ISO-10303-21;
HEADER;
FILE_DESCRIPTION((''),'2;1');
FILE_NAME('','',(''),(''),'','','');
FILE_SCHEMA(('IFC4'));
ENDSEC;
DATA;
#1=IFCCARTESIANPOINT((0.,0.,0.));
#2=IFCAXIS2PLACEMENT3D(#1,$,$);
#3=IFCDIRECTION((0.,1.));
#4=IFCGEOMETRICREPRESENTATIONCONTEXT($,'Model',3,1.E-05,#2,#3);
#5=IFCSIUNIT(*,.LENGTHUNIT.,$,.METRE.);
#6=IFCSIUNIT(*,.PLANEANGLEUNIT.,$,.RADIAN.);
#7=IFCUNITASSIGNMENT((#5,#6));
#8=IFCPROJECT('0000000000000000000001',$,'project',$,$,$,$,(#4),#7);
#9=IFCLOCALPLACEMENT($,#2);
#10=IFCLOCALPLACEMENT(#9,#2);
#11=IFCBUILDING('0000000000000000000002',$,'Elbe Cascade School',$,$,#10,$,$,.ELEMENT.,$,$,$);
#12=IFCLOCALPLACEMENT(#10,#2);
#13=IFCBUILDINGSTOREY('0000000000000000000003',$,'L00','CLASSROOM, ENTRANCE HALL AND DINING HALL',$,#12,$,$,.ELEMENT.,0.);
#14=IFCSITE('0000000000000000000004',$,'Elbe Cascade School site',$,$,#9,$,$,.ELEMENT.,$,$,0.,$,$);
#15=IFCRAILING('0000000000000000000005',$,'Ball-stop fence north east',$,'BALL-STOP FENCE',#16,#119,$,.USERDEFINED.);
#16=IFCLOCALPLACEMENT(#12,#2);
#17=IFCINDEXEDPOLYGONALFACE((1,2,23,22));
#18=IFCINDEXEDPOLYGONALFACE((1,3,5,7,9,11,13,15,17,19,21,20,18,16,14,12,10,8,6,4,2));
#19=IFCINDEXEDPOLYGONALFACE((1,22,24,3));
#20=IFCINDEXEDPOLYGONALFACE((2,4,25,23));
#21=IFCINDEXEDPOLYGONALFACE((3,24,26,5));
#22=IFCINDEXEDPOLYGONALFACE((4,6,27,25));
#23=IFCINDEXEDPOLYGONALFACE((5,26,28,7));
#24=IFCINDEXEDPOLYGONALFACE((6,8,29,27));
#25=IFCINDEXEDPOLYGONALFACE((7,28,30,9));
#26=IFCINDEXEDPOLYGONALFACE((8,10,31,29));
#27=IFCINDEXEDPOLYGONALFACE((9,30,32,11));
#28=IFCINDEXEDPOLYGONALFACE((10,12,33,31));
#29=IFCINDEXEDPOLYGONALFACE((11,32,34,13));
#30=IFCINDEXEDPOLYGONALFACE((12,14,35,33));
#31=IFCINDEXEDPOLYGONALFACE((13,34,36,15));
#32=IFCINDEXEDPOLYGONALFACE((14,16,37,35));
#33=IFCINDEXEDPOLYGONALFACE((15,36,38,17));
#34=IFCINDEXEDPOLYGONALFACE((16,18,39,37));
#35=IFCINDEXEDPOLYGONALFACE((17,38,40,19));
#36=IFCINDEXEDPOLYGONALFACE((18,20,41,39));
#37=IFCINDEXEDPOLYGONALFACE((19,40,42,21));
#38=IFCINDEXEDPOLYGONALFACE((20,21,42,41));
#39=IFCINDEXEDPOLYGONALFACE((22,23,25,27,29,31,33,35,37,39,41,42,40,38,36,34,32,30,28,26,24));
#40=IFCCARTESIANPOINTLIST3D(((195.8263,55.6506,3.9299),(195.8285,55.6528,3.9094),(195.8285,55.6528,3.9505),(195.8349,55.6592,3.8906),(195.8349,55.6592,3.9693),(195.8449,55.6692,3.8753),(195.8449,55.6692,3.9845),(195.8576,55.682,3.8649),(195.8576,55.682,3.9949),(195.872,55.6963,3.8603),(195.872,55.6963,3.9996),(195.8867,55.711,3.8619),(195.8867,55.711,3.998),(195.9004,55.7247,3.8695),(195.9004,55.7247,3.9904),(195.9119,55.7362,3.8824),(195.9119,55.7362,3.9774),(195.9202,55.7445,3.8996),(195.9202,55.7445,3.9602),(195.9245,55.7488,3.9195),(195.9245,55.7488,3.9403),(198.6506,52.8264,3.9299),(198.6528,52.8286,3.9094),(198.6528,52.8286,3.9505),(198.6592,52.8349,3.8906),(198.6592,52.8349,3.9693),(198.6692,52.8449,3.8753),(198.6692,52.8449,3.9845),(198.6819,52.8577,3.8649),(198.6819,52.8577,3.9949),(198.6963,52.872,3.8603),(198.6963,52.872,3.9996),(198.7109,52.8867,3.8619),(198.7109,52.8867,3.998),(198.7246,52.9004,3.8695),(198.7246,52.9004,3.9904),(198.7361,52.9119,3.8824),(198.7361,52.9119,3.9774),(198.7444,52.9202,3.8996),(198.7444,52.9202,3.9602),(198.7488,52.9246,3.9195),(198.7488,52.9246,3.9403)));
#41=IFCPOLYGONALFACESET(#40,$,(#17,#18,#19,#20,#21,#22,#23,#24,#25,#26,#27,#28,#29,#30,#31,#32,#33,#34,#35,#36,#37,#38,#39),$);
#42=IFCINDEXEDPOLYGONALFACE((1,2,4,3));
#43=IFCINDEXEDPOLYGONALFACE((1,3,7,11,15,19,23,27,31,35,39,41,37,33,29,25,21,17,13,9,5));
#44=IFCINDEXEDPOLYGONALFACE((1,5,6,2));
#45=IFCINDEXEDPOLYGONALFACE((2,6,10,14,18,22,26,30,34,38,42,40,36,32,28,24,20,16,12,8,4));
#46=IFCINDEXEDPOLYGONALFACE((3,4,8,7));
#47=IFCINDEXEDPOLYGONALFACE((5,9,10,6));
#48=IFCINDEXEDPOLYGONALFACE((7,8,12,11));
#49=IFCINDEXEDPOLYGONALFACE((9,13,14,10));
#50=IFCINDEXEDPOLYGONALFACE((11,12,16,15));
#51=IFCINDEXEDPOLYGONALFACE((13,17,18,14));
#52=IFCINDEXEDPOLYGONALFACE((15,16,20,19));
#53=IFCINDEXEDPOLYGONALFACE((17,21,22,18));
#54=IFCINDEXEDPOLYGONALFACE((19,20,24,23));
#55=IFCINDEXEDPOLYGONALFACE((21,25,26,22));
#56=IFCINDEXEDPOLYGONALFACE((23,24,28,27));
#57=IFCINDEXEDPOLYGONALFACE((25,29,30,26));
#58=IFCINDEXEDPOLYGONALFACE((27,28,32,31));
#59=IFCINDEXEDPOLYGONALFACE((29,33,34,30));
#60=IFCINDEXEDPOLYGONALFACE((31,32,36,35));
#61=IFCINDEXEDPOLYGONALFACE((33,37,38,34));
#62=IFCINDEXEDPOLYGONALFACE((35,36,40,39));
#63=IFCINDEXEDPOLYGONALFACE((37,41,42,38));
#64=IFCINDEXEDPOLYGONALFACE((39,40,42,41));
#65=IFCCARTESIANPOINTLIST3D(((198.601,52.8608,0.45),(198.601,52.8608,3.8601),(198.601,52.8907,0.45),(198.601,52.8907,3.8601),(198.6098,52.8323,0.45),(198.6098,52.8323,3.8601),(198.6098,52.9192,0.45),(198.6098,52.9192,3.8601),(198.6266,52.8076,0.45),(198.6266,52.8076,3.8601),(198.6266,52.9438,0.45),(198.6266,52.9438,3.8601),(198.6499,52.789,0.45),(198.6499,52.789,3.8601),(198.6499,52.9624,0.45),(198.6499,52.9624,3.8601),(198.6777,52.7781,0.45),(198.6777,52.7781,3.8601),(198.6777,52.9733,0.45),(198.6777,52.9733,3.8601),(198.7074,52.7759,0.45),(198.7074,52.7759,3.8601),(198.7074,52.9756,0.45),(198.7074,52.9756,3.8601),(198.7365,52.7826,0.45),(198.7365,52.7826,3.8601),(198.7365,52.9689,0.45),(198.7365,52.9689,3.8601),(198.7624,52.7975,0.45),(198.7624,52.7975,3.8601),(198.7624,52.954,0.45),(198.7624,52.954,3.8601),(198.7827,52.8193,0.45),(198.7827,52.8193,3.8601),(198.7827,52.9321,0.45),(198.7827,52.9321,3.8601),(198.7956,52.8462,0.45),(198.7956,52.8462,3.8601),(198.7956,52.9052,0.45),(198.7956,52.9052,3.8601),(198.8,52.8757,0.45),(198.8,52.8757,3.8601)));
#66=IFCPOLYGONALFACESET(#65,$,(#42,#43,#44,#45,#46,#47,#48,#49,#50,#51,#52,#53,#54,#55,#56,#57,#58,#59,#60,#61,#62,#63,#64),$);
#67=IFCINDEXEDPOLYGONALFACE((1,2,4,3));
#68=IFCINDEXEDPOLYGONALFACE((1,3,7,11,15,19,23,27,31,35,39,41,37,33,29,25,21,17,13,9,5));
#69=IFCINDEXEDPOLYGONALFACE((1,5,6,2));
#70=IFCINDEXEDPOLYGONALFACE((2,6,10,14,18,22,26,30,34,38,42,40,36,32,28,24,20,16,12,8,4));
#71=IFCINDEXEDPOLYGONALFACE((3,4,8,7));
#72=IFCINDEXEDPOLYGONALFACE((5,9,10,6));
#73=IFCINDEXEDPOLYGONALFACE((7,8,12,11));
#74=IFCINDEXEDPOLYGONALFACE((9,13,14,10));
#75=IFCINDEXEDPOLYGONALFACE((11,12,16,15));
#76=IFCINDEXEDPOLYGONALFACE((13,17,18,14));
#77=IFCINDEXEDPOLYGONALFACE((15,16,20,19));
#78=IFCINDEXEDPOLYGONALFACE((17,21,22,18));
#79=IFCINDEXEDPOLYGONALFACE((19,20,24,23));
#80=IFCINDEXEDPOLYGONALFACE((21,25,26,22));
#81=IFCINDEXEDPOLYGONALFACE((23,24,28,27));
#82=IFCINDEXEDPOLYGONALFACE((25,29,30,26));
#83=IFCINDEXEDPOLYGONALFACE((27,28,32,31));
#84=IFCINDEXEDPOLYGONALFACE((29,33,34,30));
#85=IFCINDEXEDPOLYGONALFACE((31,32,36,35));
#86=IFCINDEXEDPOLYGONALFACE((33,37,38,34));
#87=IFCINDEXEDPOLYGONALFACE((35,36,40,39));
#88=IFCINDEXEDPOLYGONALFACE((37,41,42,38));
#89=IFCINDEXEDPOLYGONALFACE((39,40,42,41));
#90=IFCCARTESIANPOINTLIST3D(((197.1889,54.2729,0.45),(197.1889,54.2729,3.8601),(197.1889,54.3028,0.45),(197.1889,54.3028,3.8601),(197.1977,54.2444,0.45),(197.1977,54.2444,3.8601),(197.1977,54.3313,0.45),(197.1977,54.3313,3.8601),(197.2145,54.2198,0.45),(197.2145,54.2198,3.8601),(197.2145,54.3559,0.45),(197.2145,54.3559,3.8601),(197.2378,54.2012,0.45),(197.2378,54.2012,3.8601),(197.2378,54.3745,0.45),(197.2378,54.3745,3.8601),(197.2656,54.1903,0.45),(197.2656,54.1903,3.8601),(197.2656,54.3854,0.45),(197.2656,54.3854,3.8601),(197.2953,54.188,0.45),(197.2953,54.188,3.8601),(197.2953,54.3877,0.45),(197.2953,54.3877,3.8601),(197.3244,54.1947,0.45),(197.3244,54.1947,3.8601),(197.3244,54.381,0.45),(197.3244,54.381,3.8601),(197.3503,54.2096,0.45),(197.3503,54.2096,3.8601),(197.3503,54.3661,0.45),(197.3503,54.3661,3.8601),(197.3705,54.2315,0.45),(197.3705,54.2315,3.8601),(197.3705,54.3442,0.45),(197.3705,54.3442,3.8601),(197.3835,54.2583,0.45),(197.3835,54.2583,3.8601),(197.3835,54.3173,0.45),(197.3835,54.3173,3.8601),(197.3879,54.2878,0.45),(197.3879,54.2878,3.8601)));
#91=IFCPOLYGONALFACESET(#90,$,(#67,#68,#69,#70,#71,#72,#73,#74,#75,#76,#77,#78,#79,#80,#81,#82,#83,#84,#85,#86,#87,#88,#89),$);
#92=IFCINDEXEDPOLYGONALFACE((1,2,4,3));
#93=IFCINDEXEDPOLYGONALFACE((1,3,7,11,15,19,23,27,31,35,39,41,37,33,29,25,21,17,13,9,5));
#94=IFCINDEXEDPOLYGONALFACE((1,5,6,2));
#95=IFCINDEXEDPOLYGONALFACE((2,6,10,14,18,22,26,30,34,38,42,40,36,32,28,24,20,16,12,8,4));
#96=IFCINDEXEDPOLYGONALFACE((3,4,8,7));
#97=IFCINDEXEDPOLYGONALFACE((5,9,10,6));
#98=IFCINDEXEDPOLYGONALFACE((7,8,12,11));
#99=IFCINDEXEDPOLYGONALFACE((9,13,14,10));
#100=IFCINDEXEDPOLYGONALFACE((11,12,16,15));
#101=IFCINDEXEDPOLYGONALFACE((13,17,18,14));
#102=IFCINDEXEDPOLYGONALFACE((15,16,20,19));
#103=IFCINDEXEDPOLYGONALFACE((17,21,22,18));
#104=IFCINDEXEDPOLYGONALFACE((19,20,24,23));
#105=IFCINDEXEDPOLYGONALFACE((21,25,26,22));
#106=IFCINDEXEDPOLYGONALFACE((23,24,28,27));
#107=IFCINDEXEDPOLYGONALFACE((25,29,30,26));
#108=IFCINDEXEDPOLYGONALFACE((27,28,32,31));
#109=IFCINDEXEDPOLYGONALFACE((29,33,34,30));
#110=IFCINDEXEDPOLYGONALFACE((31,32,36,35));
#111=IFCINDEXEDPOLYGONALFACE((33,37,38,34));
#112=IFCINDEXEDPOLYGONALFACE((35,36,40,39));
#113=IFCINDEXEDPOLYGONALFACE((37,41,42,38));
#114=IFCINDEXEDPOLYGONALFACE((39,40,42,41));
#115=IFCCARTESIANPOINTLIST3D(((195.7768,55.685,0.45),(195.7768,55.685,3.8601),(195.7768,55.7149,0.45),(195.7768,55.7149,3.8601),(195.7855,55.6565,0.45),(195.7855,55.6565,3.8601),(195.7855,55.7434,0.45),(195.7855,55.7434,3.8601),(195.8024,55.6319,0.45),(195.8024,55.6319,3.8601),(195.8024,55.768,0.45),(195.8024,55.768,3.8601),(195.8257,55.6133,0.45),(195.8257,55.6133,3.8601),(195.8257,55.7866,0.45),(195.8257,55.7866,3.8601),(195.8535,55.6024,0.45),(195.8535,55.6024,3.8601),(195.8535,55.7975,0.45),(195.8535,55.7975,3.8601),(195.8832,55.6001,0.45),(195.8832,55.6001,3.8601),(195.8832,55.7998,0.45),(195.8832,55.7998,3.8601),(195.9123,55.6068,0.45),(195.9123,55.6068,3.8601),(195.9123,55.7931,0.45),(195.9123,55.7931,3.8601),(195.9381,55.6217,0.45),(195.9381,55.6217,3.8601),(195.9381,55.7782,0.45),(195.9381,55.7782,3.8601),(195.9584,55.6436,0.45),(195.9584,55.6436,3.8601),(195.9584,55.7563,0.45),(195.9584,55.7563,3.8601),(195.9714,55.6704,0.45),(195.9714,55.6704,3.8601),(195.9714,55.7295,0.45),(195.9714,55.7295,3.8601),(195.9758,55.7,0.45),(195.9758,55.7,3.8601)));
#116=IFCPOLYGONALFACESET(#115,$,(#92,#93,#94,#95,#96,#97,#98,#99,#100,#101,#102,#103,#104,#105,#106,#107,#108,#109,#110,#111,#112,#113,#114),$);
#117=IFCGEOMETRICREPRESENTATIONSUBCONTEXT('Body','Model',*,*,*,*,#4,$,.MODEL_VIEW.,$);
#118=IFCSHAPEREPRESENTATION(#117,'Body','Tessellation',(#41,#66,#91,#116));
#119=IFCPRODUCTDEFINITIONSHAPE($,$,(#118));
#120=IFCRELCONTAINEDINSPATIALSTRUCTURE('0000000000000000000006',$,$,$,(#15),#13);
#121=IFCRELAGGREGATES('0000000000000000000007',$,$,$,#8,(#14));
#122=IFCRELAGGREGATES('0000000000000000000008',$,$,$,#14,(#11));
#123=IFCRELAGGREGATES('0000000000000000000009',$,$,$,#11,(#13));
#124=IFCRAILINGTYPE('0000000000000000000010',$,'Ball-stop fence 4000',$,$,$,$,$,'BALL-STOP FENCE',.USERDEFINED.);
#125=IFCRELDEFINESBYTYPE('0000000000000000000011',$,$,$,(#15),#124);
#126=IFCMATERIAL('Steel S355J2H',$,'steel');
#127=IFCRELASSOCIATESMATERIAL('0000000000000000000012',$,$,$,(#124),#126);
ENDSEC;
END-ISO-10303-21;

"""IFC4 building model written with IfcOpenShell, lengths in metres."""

from ifc_helpers import new_model, si_unit, direction, frame, origin, origin_2d, place, context, subcontext, project, spatial, circle, extrude, material, type_object, element, save


model = new_model("IFC4")

# Units and contexts
model_context = context("Model", 3, precision=1e-05, world=origin(), true_north=direction((0.0, 1.0)))
body_context = subcontext(model_context, "Body", "Model", "MODEL_VIEW")
ifc_project = project(units=[si_unit("LENGTHUNIT", "METRE"), si_unit("PLANEANGLEUNIT", "RADIAN")], contexts=[model_context])

# Site, building, storey
site_placement = place(None, origin())
site = spatial("IfcSite", under=ifc_project, at=site_placement, Name="Elbe Cascade School site", CompositionType="ELEMENT", RefElevation=0.0)
building_placement = place(site_placement, origin())
building = spatial("IfcBuilding", under=site, at=building_placement, Name="Elbe Cascade School", CompositionType="ELEMENT")
storey_placement = place(building_placement, origin())
storey = spatial("IfcBuildingStorey", under=building, at=storey_placement, Name="L00", Description="CLASSROOM, ENTRANCE HALL AND DINING HALL", CompositionType="ELEMENT", Elevation=0.0)

# Railing
ifc_material_1 = material(Name="Steel S355J2H", Category="steel")
railing_type = type_object("IfcRailingType", Name="Ball-stop fence 4000", ElementType="BALL-STOP FENCE", PredefinedType="USERDEFINED", material=ifc_material_1)
railing_1_placement = place(storey_placement, frame((198.7, 52.8757, 0.45)))
element("IfcRailing", 1, at=railing_1_placement, inside=storey, type_object=railing_type, Name="Ball-stop fence north east", ObjectType="BALL-STOP FENCE", PredefinedType="USERDEFINED", context=body_context, shape_type="SweptSolid", body=[
    extrude(circle(Radius=0.0698, at=origin_2d()), frame((0.0, 0.0, 3.48), z_axis=(-0.707107, 0.707107, 0.0), x_axis=(-0.707107, -0.707107, 0.0)), (0.0, 0.0, 1.0), 3.9941),
    extrude(circle(Radius=0.1001, at=origin_2d()), origin(), (0.0, 0.0, 1.0), 3.4102),
    extrude(circle(Radius=0.1001, at=origin_2d()), frame((-1.4121, 1.4121, 0.0)), (0.0, 0.0, 1.0), 3.4102),
    extrude(circle(Radius=0.1001, at=origin_2d()), frame((-2.8242, 2.8242, 0.0)), (0.0, 0.0, 1.0), 3.4102),
])

save(model, "model.ifc")
